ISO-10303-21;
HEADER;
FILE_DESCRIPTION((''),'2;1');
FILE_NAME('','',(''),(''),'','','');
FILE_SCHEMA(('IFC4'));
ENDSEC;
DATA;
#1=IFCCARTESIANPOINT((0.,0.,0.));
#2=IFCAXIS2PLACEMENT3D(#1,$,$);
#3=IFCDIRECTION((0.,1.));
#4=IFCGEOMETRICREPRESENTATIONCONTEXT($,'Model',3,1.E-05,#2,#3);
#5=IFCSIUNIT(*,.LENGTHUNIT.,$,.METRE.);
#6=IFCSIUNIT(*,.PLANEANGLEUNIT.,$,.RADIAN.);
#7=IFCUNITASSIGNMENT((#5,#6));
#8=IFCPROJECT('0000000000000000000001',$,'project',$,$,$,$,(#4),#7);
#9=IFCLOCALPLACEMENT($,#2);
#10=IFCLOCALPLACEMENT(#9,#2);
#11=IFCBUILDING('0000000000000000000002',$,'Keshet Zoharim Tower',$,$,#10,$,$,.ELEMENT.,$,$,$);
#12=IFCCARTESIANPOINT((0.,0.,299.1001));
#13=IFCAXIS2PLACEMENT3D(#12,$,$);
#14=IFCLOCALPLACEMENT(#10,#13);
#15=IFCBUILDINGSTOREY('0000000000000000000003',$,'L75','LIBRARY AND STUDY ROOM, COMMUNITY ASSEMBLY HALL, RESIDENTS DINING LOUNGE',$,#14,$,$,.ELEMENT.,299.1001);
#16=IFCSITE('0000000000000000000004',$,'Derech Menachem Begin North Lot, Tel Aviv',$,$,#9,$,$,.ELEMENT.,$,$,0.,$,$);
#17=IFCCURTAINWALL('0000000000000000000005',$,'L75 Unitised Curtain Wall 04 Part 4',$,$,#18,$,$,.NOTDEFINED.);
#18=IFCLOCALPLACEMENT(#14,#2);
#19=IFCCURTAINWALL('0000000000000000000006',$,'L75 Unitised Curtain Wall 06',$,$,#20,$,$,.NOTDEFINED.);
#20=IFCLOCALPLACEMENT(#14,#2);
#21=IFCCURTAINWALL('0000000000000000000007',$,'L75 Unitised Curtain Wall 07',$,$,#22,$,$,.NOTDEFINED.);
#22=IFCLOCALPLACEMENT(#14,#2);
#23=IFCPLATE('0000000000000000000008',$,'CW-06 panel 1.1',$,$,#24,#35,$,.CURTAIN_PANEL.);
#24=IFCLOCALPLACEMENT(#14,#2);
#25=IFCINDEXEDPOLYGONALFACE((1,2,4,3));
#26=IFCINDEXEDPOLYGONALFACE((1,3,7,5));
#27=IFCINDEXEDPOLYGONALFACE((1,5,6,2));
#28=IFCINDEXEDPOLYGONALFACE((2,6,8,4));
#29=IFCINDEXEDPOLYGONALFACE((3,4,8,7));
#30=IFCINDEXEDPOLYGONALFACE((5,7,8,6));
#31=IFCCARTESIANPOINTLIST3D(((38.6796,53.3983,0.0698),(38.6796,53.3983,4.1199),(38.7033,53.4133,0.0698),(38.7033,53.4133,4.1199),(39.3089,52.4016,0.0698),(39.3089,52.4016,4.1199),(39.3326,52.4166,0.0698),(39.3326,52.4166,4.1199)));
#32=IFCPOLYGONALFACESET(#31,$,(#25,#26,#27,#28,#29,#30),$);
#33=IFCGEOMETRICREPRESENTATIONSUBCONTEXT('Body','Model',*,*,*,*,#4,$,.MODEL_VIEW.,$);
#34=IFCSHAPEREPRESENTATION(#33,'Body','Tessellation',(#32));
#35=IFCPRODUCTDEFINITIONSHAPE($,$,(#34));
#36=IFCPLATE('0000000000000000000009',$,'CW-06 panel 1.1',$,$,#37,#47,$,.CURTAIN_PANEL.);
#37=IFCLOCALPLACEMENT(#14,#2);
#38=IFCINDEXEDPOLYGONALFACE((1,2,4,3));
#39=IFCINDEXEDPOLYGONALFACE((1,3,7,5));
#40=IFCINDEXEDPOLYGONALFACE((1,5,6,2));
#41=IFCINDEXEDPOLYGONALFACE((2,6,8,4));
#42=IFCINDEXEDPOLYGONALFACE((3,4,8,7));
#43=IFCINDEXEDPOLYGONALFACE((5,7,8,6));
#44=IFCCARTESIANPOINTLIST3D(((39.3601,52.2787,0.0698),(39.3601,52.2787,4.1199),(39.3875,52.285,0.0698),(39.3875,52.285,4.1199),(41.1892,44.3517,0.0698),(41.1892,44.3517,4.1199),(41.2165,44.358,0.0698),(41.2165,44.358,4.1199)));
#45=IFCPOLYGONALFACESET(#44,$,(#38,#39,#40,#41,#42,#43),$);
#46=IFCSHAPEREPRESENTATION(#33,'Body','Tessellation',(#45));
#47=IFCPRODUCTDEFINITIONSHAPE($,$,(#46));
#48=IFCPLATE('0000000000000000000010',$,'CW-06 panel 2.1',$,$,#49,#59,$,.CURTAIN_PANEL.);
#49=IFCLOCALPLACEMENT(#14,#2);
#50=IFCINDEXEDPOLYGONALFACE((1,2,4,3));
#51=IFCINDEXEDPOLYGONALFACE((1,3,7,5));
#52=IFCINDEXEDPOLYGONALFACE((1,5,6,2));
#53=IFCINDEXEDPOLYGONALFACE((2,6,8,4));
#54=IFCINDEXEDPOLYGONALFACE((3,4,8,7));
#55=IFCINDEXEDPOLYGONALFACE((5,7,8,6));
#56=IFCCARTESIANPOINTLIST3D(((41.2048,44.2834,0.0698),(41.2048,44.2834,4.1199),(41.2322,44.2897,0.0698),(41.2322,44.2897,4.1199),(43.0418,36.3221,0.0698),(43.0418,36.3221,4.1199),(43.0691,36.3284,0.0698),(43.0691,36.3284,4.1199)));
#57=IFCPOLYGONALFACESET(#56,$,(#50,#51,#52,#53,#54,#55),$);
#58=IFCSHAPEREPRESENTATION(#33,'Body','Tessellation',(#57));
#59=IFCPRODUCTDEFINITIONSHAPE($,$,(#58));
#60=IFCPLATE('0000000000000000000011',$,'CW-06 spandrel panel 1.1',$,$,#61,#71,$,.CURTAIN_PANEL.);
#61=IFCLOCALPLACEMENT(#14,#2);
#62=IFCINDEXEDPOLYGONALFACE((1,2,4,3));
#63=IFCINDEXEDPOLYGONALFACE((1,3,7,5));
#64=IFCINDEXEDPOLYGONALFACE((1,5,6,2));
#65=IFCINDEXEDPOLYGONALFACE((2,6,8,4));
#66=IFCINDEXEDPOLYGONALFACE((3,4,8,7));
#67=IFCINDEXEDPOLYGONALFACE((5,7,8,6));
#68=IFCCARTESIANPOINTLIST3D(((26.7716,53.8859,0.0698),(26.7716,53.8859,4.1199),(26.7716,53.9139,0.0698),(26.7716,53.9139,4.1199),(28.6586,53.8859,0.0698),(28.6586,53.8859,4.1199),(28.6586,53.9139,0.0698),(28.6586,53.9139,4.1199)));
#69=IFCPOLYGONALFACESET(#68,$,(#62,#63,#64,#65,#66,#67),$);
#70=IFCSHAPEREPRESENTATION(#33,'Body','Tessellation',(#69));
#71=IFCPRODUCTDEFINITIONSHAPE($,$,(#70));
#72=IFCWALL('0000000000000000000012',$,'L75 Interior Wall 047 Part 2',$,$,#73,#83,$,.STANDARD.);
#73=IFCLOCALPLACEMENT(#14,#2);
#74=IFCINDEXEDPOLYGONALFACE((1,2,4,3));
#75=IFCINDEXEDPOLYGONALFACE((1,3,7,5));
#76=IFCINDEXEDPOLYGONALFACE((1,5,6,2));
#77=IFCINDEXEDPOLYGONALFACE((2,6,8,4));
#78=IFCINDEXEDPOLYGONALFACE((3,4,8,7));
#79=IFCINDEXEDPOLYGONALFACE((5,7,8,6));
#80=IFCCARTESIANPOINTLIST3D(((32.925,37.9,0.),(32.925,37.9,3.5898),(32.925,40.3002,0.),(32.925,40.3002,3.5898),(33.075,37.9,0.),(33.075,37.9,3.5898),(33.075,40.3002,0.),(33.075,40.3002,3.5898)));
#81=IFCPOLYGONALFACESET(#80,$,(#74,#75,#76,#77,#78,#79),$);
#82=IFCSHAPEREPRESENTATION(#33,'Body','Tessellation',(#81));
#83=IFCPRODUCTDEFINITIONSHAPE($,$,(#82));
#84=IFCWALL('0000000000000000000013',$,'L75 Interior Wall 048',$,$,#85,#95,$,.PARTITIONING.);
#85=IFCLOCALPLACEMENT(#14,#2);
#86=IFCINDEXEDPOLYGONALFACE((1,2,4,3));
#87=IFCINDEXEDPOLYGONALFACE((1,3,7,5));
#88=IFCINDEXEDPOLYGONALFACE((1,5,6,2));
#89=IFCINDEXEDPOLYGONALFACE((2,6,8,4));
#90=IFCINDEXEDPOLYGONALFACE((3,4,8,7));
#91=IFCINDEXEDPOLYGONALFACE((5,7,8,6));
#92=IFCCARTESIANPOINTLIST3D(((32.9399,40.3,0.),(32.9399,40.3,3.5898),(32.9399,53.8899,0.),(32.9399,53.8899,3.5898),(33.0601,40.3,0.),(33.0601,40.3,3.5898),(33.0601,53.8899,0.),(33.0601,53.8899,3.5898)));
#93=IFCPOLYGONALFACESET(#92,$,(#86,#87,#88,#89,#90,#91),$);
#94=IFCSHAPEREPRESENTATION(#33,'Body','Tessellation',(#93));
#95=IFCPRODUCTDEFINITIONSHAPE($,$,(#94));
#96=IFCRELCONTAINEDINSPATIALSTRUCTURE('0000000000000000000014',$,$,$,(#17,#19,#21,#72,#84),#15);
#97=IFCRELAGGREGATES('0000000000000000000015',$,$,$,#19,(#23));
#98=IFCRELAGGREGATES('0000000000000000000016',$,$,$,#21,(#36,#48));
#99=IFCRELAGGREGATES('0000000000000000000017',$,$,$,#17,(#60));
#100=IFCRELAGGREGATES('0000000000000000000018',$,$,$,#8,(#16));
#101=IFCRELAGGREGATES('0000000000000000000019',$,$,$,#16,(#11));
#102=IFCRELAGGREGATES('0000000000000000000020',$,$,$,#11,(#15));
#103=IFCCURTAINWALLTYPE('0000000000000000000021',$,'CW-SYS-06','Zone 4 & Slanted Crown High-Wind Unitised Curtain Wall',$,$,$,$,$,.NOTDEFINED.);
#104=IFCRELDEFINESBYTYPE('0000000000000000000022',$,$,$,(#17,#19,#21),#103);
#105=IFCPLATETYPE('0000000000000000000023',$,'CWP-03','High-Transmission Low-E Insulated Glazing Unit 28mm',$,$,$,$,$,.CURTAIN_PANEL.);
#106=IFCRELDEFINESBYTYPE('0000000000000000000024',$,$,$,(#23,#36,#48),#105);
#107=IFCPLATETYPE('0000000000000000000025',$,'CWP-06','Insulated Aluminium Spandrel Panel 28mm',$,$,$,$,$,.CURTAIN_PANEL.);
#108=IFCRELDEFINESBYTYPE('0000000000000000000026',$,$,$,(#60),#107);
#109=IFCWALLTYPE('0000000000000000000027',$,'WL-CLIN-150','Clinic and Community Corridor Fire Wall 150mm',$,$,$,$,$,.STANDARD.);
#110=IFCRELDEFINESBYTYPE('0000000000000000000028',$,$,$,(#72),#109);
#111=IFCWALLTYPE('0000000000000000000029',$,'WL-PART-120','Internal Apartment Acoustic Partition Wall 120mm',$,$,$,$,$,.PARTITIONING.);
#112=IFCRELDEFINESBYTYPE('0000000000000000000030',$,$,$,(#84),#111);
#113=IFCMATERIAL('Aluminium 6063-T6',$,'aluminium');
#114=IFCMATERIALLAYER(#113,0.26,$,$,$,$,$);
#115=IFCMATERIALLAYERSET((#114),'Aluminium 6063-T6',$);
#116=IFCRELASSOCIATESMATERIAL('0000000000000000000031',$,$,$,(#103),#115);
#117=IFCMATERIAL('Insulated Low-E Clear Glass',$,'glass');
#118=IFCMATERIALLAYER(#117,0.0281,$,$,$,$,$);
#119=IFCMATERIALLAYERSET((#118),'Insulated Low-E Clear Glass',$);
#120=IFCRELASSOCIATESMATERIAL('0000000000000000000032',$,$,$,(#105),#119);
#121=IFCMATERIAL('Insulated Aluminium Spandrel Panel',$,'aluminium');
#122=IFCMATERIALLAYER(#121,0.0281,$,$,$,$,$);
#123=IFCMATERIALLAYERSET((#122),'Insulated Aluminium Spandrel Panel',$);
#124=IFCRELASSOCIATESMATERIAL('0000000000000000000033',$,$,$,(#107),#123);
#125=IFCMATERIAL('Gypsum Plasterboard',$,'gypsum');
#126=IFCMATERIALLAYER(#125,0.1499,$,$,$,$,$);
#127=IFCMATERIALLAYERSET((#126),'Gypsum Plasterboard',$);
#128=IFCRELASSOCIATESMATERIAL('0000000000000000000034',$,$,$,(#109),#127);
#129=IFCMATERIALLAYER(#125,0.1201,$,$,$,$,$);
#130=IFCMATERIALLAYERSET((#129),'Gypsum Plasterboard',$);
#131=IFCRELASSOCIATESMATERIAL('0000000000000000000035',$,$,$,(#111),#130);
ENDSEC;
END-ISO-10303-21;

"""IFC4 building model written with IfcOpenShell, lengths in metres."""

from ifc_helpers import new_model, si_unit, direction, frame, frame_2d, origin, origin_2d, place, context, subcontext, project, spatial, rectangle, extrude, material, layer, layer_set, type_object, element, aggregate, save


model = new_model("IFC4")

# Units and contexts
model_context = context("Model", 3, precision=1e-05, world=origin(), true_north=direction((0.0, 1.0)))
body_context = subcontext(model_context, "Body", "Model", "MODEL_VIEW")
ifc_project = project(units=[si_unit("LENGTHUNIT", "METRE"), si_unit("PLANEANGLEUNIT", "RADIAN")], contexts=[model_context])

# Site, building, storey
site_placement = place(None, origin())
site = spatial("IfcSite", under=ifc_project, at=site_placement, Name="Derech Menachem Begin North Lot, Tel Aviv", CompositionType="ELEMENT", RefElevation=0.0)
building_placement = place(site_placement, origin())
building = spatial("IfcBuilding", under=site, at=building_placement, Name="Keshet Zoharim Tower", CompositionType="ELEMENT")
storey_placement = place(building_placement, frame((0.0, 0.0, 299.1001)))
storey = spatial("IfcBuildingStorey", under=building, at=storey_placement, Name="L75", Description="LIBRARY AND STUDY ROOM, COMMUNITY ASSEMBLY HALL, RESIDENTS DINING LOUNGE", CompositionType="ELEMENT", Elevation=299.1001)

# Curtain wall
ifc_material_1 = material(Name="Aluminium 6063-T6", Category="aluminium")
ifc_layer_1 = layer(ifc_material_1, 0.26)
ifc_layer_set_1 = layer_set([ifc_layer_1], Name="Aluminium 6063-T6")
curtain_wall_type = type_object("IfcCurtainWallType", Name="CW-SYS-06", Description="Zone 4 & Slanted Crown High-Wind Unitised Curtain Wall", PredefinedType="NOTDEFINED", material=ifc_layer_set_1)
curtain_wall_1_placement = place(storey_placement, origin())
curtain_wall_1 = element("IfcCurtainWall", 1, at=curtain_wall_1_placement, inside=storey, type_object=curtain_wall_type, Name="L75 Unitised Curtain Wall 04 Part 4", PredefinedType="NOTDEFINED")

# Curtain walls
curtain_wall_2_placement = place(storey_placement, origin())
curtain_wall_2 = element("IfcCurtainWall", 2, at=curtain_wall_2_placement, inside=storey, type_object=curtain_wall_type, Name="L75 Unitised Curtain Wall 06", PredefinedType="NOTDEFINED")
curtain_wall_3_placement = place(storey_placement, origin())
curtain_wall_3 = element("IfcCurtainWall", 3, at=curtain_wall_3_placement, inside=storey, type_object=curtain_wall_type, Name="L75 Unitised Curtain Wall 07", PredefinedType="NOTDEFINED")

# Plates
ifc_material_2 = material(Name="Insulated Low-E Clear Glass", Category="glass")
ifc_layer_2 = layer(ifc_material_2, 0.0281)
ifc_layer_set_2 = layer_set([ifc_layer_2], Name="Insulated Low-E Clear Glass")
plate_type_1 = type_object("IfcPlateType", Name="CWP-03", Description="High-Transmission Low-E Insulated Glazing Unit 28mm", PredefinedType="CURTAIN_PANEL", material=ifc_layer_set_2)
plate_1_placement = place(storey_placement, frame((39.0061, 52.9075, 0.0698), z_axis=(0.0, 0.0, 1.0), x_axis=(0.533879, -0.845561, 0.0)))
plate_1 = element("IfcPlate", 4, at=plate_1_placement, type_object=plate_type_1, Name="CW-06 panel 1.1", PredefinedType="CURTAIN_PANEL", context=body_context, shape_type="SweptSolid", body=[
    extrude(rectangle(XDim=1.1787, YDim=0.0281, at=origin_2d()), origin(), (0.0, 0.0, 1.0), 4.05),
])
aggregate(curtain_wall_2, [plate_1])
plate_2_placement = place(storey_placement, frame((40.2883, 48.3184, 0.0698), z_axis=(0.0, 0.0, 1.0), x_axis=(0.22483, -0.974398, 0.0)))
plate_2 = element("IfcPlate", 5, at=plate_2_placement, type_object=plate_type_1, Name="CW-06 panel 1.1", PredefinedType="CURTAIN_PANEL", context=body_context, shape_type="SweptSolid", body=[
    extrude(rectangle(XDim=8.1353, YDim=0.0281, at=origin_2d()), origin(), (0.0, 0.0, 1.0), 4.05),
])
plate_3_placement = place(storey_placement, frame((42.137, 40.3059, 0.0698), z_axis=(0.0, 0.0, 1.0), x_axis=(0.22483, -0.974398, 0.0)))
plate_3 = element("IfcPlate", 6, at=plate_3_placement, type_object=plate_type_1, Name="CW-06 panel 2.1", PredefinedType="CURTAIN_PANEL", context=body_context, shape_type="SweptSolid", body=[
    extrude(rectangle(XDim=8.1704, YDim=0.0281, at=origin_2d()), origin(), (0.0, 0.0, 1.0), 4.05),
])
aggregate(curtain_wall_3, [plate_2, plate_3])
ifc_material_3 = material(Name="Insulated Aluminium Spandrel Panel", Category="aluminium")
ifc_layer_3 = layer(ifc_material_3, 0.0281)
ifc_layer_set_3 = layer_set([ifc_layer_3], Name="Insulated Aluminium Spandrel Panel")
plate_type_2 = type_object("IfcPlateType", Name="CWP-06", Description="Insulated Aluminium Spandrel Panel 28mm", PredefinedType="CURTAIN_PANEL", material=ifc_layer_set_3)
plate_4_placement = place(storey_placement, frame((27.7151, 53.8999, 0.0698), z_axis=(0.0, 0.0, 1.0), x_axis=(1.0, 0.0, 0.0)))
plate_4 = element("IfcPlate", 7, at=plate_4_placement, type_object=plate_type_2, Name="CW-06 spandrel panel 1.1", PredefinedType="CURTAIN_PANEL", context=body_context, shape_type="SweptSolid", body=[
    extrude(rectangle(XDim=1.887, YDim=0.0281, at=origin_2d()), origin(), (0.0, 0.0, 1.0), 4.05),
])
aggregate(curtain_wall_1, [plate_4])

# Walls
ifc_material_4 = material(Name="Gypsum Plasterboard", Category="gypsum")
ifc_layer_4 = layer(ifc_material_4, 0.1499)
ifc_layer_set_4 = layer_set([ifc_layer_4], Name="Gypsum Plasterboard")
wall_type_1 = type_object("IfcWallType", Name="WL-CLIN-150", Description="Clinic and Community Corridor Fire Wall 150mm", PredefinedType="STANDARD", material=ifc_layer_set_4)
wall_1_placement = place(storey_placement, frame((33.0, 37.8999, 0.0), z_axis=(0.0, 0.0, 1.0), x_axis=(0.0, 1.0, 0.0)))
element("IfcWall", 8, at=wall_1_placement, inside=storey, type_object=wall_type_1, Name="L75 Interior Wall 047 Part 2", PredefinedType="STANDARD", context=body_context, shape_type="SweptSolid", body=[
    extrude(rectangle(XDim=2.4001, YDim=0.1499, at=frame_2d((1.2002, 0.0))), origin(), (0.0, 0.0, 1.0), 3.5898),
])
ifc_layer_5 = layer(ifc_material_4, 0.1201)
ifc_layer_set_5 = layer_set([ifc_layer_5], Name="Gypsum Plasterboard")
wall_type_2 = type_object("IfcWallType", Name="WL-PART-120", Description="Internal Apartment Acoustic Partition Wall 120mm", PredefinedType="PARTITIONING", material=ifc_layer_set_5)
wall_2_placement = place(storey_placement, frame((33.0, 40.3, 0.0), z_axis=(0.0, 0.0, 1.0), x_axis=(0.0, 1.0, 0.0)))
element("IfcWall", 9, at=wall_2_placement, inside=storey, type_object=wall_type_2, Name="L75 Interior Wall 048", PredefinedType="PARTITIONING", context=body_context, shape_type="SweptSolid", body=[
    extrude(rectangle(XDim=13.5898, YDim=0.1201, at=frame_2d((6.7949, 0.0))), origin(), (0.0, 0.0, 1.0), 3.5898),
])

save(model, "model.ifc")
